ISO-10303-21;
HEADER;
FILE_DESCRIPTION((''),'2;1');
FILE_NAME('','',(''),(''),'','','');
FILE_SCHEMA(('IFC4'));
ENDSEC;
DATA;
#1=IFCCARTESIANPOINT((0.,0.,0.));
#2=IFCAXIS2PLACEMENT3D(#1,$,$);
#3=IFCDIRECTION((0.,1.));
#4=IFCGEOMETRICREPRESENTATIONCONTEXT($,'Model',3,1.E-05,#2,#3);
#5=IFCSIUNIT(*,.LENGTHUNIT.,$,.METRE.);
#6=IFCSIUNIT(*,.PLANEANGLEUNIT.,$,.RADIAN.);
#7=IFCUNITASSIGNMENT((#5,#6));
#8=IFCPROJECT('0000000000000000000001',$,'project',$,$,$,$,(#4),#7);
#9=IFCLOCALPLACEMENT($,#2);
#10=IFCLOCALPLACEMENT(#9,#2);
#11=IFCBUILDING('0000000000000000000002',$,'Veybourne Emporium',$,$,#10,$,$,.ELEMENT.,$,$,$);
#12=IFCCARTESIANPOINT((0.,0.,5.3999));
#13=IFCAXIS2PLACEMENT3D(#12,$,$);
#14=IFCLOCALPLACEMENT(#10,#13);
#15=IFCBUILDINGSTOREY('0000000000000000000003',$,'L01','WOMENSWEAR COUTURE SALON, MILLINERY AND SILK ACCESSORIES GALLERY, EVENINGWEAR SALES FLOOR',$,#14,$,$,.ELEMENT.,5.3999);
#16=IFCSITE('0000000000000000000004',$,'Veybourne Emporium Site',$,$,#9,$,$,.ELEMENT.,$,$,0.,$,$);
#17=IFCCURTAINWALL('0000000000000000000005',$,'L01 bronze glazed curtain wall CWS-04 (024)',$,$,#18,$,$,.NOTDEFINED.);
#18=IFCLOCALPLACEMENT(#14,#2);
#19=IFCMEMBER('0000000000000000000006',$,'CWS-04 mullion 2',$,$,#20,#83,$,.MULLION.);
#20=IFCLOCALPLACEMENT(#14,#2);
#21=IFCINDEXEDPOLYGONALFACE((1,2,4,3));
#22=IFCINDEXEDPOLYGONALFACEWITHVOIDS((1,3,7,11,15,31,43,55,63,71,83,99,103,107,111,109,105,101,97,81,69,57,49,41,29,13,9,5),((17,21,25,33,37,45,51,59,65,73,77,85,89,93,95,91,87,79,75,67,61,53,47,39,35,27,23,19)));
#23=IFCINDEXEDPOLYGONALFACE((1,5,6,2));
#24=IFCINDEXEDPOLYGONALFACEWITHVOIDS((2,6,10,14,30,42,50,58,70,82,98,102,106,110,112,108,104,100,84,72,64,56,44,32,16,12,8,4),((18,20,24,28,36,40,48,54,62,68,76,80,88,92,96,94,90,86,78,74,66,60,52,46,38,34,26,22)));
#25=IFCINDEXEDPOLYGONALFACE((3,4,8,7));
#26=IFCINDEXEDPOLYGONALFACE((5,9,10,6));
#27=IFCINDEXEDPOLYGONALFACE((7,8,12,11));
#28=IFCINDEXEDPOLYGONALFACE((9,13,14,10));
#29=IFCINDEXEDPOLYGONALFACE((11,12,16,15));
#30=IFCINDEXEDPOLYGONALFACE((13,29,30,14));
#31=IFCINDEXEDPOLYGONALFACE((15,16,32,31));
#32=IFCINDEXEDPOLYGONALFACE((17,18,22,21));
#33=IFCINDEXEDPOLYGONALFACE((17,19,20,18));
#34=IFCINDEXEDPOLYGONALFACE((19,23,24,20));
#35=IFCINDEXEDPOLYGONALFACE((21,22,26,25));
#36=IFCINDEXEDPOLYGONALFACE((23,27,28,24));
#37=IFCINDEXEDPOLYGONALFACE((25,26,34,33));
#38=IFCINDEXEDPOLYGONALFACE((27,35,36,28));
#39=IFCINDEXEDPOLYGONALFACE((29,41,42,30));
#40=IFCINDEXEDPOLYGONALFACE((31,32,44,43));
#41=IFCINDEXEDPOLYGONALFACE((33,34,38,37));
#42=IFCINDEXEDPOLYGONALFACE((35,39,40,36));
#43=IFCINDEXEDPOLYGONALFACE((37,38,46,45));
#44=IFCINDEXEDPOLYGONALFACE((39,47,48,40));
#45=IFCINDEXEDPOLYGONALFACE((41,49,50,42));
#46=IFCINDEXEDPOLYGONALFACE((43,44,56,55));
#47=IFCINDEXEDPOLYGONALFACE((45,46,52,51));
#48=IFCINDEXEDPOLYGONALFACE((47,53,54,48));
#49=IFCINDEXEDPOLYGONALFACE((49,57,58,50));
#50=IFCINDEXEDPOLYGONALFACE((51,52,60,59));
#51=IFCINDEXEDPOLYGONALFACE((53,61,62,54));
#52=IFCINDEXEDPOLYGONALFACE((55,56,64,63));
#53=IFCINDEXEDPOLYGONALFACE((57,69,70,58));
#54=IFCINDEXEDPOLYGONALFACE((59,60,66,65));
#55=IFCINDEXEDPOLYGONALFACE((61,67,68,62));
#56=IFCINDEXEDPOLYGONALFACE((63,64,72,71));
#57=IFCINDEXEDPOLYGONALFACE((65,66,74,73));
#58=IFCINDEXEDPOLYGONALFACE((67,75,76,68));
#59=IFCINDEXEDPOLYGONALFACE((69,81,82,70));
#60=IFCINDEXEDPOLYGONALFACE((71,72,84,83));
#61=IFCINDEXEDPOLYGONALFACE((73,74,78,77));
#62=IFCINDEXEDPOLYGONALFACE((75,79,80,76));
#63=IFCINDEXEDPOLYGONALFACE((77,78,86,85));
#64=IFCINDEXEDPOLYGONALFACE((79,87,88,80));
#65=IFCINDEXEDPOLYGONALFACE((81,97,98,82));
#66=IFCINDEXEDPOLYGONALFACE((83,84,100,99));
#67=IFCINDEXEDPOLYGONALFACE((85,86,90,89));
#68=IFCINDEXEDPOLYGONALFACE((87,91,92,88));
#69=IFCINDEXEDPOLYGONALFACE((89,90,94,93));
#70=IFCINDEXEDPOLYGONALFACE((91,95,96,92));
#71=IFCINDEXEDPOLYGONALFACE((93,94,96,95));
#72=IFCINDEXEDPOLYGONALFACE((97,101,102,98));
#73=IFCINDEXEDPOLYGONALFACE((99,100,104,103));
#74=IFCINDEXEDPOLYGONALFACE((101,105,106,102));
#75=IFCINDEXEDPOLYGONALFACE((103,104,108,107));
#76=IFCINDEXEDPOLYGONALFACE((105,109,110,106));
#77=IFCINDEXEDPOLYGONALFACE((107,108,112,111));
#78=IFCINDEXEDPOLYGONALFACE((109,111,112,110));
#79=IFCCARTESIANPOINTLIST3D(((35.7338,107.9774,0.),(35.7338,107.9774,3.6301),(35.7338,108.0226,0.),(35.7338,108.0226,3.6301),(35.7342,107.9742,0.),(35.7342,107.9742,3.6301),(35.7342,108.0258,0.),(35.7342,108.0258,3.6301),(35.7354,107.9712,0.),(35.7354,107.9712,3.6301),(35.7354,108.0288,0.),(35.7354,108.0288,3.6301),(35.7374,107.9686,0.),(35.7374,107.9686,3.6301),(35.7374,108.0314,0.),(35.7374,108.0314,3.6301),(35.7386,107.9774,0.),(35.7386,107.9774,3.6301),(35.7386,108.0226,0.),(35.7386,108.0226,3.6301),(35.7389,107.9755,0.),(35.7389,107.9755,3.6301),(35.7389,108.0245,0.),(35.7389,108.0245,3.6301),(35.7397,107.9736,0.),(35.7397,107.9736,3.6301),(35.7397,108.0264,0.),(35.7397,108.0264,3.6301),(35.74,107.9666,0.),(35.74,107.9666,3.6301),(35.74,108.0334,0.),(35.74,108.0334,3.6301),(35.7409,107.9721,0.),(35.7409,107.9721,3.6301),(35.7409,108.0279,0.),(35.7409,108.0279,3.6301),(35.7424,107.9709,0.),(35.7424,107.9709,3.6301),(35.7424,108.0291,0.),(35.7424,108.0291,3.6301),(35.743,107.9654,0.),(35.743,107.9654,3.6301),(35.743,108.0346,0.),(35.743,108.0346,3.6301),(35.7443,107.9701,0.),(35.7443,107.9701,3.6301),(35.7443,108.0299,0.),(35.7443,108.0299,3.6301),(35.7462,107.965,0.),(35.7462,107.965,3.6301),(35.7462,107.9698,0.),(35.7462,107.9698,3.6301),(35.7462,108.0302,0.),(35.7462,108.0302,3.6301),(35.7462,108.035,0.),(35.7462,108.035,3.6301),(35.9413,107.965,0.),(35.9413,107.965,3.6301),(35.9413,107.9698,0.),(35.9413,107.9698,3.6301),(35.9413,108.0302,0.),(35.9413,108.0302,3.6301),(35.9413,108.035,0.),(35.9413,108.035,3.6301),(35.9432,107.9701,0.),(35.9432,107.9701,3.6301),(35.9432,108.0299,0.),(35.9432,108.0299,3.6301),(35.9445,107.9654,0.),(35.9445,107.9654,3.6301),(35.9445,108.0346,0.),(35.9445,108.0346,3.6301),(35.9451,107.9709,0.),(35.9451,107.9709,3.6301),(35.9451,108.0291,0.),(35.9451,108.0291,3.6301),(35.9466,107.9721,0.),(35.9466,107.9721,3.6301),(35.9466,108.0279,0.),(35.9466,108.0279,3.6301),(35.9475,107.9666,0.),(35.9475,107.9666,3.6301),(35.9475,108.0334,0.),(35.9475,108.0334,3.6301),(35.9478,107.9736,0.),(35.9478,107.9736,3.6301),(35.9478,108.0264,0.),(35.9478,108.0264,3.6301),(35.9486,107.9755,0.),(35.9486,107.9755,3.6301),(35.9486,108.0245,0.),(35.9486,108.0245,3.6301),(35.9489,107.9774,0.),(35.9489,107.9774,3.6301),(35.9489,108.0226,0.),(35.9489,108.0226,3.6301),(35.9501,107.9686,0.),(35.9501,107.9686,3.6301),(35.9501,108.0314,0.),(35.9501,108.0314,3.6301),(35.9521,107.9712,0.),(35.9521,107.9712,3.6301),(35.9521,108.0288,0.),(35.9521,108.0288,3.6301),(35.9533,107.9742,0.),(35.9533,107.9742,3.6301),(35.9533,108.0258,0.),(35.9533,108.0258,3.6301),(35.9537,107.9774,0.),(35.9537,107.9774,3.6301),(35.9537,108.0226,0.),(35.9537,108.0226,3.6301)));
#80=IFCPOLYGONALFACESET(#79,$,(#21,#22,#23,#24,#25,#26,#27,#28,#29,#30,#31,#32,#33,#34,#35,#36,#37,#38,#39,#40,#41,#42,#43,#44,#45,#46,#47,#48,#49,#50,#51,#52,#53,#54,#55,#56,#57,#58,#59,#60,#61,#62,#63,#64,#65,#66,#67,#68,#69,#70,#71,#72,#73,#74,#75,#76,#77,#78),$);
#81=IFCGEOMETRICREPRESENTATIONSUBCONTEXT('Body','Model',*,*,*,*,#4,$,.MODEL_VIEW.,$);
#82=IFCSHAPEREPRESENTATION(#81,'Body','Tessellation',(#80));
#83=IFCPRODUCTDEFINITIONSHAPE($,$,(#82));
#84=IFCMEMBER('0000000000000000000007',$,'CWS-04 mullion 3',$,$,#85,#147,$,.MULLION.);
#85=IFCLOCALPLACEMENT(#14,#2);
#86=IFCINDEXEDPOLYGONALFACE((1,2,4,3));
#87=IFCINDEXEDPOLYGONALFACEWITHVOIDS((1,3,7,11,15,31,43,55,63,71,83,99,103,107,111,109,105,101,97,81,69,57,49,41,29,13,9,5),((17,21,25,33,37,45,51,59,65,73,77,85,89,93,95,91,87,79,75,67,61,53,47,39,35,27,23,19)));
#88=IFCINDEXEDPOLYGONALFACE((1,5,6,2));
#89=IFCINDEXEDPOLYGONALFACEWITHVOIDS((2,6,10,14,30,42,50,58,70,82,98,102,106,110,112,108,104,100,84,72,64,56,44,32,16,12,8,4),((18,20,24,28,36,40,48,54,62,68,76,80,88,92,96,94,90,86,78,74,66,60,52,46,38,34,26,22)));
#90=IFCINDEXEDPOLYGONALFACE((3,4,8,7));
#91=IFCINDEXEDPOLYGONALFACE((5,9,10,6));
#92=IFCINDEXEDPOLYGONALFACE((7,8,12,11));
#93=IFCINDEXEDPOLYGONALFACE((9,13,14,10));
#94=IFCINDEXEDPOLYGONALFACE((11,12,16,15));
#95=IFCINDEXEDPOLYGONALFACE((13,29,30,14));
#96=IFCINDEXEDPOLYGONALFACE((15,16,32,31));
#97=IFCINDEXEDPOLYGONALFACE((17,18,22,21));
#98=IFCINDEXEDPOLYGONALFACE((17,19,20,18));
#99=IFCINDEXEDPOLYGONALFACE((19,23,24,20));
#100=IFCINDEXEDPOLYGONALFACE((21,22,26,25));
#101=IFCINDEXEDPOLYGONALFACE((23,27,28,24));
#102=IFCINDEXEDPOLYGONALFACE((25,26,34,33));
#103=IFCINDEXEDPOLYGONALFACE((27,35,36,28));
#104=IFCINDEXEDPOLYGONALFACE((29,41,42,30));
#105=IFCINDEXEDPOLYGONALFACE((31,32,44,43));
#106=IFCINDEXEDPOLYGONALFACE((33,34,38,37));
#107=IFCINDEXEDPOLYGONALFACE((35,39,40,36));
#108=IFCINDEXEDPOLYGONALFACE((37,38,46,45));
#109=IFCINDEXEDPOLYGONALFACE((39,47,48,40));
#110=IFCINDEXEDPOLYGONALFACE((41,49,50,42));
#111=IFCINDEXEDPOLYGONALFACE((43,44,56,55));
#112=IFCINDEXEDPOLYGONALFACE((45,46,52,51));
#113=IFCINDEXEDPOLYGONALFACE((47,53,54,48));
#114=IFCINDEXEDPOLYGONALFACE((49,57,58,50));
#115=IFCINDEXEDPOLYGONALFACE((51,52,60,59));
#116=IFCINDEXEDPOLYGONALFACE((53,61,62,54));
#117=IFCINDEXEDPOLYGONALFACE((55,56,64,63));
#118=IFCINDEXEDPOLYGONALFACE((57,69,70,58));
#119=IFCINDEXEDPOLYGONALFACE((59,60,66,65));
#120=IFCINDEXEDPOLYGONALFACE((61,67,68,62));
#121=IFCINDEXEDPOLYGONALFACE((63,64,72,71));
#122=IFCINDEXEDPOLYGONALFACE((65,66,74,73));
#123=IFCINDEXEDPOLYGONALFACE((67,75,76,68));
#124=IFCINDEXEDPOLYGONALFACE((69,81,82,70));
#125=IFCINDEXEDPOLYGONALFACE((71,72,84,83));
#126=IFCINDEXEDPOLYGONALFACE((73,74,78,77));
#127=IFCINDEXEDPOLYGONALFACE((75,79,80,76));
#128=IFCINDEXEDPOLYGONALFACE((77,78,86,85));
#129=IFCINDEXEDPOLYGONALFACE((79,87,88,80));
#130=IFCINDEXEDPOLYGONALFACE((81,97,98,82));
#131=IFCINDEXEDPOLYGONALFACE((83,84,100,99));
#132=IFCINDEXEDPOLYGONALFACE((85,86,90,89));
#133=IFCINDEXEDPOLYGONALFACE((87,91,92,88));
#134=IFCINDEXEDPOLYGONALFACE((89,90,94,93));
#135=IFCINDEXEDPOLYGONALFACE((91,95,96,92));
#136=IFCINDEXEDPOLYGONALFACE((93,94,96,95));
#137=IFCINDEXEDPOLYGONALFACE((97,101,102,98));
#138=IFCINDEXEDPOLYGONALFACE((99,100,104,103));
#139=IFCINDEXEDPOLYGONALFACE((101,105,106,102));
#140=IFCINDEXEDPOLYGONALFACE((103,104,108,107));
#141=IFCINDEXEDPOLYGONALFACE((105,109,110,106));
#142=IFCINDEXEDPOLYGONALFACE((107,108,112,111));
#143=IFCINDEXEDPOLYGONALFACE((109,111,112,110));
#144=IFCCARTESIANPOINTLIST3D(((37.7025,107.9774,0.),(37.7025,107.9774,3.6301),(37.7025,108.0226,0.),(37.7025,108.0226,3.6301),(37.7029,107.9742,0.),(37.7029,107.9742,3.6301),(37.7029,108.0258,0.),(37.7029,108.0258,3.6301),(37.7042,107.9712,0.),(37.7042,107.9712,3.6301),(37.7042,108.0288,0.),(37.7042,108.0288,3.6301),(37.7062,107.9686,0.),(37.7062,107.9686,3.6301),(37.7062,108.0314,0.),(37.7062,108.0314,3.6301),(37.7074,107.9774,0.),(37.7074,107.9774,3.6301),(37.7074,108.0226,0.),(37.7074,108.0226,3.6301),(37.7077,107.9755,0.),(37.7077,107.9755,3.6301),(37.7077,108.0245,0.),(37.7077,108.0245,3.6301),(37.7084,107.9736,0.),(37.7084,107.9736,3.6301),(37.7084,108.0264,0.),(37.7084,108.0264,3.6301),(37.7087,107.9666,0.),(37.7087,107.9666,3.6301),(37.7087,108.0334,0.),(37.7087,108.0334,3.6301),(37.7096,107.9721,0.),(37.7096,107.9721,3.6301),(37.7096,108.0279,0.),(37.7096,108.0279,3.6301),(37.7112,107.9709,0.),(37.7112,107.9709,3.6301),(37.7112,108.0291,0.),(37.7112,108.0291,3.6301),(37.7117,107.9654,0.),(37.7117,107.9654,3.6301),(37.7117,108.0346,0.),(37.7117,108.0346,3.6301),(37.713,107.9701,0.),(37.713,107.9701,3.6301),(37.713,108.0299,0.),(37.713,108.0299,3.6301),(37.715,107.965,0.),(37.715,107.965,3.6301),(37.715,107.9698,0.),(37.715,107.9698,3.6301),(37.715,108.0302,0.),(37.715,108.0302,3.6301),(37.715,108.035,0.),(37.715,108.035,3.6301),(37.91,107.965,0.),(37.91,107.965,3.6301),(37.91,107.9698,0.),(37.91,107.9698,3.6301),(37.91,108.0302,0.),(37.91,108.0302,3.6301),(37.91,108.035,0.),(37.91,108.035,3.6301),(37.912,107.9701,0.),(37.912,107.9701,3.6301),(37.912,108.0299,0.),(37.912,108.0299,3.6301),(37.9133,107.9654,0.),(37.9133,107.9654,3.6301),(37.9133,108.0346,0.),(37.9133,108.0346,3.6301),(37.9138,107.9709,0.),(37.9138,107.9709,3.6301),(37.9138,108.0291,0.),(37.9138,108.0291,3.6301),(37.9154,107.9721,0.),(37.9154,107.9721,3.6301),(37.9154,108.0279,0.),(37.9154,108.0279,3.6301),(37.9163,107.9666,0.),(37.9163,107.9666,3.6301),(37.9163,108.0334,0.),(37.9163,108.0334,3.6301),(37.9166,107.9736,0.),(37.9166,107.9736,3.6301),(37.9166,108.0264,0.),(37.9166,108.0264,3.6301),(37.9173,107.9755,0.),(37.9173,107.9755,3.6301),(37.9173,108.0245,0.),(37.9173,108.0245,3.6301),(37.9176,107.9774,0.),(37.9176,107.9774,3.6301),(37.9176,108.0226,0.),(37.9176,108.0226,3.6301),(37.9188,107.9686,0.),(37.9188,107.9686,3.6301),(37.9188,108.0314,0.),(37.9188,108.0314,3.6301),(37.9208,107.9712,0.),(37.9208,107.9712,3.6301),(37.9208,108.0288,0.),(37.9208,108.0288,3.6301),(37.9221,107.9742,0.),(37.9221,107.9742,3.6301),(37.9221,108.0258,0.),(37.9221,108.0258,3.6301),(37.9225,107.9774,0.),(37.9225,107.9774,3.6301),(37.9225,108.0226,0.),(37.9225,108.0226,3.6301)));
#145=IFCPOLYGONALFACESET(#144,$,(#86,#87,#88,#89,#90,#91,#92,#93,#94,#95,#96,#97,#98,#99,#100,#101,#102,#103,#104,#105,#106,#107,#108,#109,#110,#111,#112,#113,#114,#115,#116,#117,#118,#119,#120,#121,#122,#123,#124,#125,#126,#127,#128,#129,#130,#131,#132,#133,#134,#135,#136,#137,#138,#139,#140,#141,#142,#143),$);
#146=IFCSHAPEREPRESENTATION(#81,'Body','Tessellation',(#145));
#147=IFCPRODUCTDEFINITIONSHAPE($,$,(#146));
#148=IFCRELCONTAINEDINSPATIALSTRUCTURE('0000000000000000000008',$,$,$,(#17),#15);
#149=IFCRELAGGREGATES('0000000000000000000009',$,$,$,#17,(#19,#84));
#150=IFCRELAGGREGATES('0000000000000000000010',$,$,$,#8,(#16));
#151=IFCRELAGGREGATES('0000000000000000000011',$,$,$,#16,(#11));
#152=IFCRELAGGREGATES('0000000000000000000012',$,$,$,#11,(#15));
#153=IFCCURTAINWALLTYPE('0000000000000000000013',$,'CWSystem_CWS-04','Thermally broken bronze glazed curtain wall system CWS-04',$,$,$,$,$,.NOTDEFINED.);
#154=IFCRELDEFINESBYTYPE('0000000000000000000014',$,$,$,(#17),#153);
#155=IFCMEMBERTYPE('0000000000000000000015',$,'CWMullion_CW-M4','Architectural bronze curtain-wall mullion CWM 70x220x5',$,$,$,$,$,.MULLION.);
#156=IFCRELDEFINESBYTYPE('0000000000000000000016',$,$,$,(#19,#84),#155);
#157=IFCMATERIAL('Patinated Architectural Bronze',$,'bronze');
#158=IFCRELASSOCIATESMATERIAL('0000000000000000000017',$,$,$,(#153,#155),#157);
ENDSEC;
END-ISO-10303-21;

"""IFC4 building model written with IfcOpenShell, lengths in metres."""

from ifc_helpers import new_model, si_unit, direction, frame, origin, origin_2d, place, context, subcontext, project, spatial, hollow_rectangle, extrude, material, material_profile, profile_set, type_object, element, aggregate, save


model = new_model("IFC4")

# Units and contexts
model_context = context("Model", 3, precision=1e-05, world=origin(), true_north=direction((0.0, 1.0)))
body_context = subcontext(model_context, "Body", "Model", "MODEL_VIEW")
ifc_project = project(units=[si_unit("LENGTHUNIT", "METRE"), si_unit("PLANEANGLEUNIT", "RADIAN")], contexts=[model_context])

# Site, building, storey
site_placement = place(None, origin())
site = spatial("IfcSite", under=ifc_project, at=site_placement, Name="Veybourne Emporium Site", CompositionType="ELEMENT", RefElevation=0.0)
building_placement = place(site_placement, origin())
building = spatial("IfcBuilding", under=site, at=building_placement, Name="Veybourne Emporium", CompositionType="ELEMENT")
storey_placement = place(building_placement, frame((0.0, 0.0, 5.3999)))
storey = spatial("IfcBuildingStorey", under=building, at=storey_placement, Name="L01", Description="WOMENSWEAR COUTURE SALON, MILLINERY AND SILK ACCESSORIES GALLERY, EVENINGWEAR SALES FLOOR", CompositionType="ELEMENT", Elevation=5.3999)

# Curtain wall, members
ifc_material_1 = material(Name="Patinated Architectural Bronze", Category="bronze")
curtain_wall_type = type_object("IfcCurtainWallType", Name="CWSystem_CWS-04", Description="Thermally broken bronze glazed curtain wall system CWS-04", PredefinedType="NOTDEFINED", material=ifc_material_1)
curtain_wall_placement = place(storey_placement, origin())
curtain_wall = element("IfcCurtainWall", 1, at=curtain_wall_placement, inside=storey, type_object=curtain_wall_type, Name="L01 bronze glazed curtain wall CWS-04 (024)", PredefinedType="NOTDEFINED")
ifc_material_profile_1 = material_profile(ifc_material_1, hollow_rectangle(XDim=0.0701, YDim=0.22, WallThickness=0.0049, InnerFilletRadius=0.0076, OuterFilletRadius=0.0125, at=origin_2d()), Name="CWM 70x220x5")
ifc_profile_set_1 = profile_set([ifc_material_profile_1], Name="Patinated Architectural Bronze")
member_type_1 = type_object("IfcMemberType", Name="CWMullion_CW-M4", Description="Architectural bronze curtain-wall mullion CWM 70x220x5", PredefinedType="MULLION", material=ifc_profile_set_1)
member_1_placement = place(storey_placement, frame((35.8438, 108.0, 0.0), z_axis=(0.0, 0.0, 1.0), x_axis=(0.0, 1.0, 0.0)))
member_1 = element("IfcMember", 2, at=member_1_placement, type_object=member_type_1, Name="CWS-04 mullion 2", PredefinedType="MULLION", context=body_context, shape_type="SweptSolid", body=[
    extrude(hollow_rectangle(XDim=0.0701, YDim=0.22, WallThickness=0.0049, InnerFilletRadius=0.0076, OuterFilletRadius=0.0125, at=origin_2d()), origin(), (0.0, 0.0, 1.0), 3.6301),
])
member_2_placement = place(storey_placement, frame((37.8125, 108.0, 0.0), z_axis=(0.0, 0.0, 1.0), x_axis=(0.0, 1.0, 0.0)))
member_2 = element("IfcMember", 3, at=member_2_placement, type_object=member_type_1, Name="CWS-04 mullion 3", PredefinedType="MULLION", context=body_context, shape_type="SweptSolid", body=[
    extrude(hollow_rectangle(XDim=0.0701, YDim=0.22, WallThickness=0.0049, InnerFilletRadius=0.0076, OuterFilletRadius=0.0125, at=origin_2d()), origin(), (0.0, 0.0, 1.0), 3.6301),
])
aggregate(curtain_wall, [member_1, member_2])

save(model, "model.ifc")
